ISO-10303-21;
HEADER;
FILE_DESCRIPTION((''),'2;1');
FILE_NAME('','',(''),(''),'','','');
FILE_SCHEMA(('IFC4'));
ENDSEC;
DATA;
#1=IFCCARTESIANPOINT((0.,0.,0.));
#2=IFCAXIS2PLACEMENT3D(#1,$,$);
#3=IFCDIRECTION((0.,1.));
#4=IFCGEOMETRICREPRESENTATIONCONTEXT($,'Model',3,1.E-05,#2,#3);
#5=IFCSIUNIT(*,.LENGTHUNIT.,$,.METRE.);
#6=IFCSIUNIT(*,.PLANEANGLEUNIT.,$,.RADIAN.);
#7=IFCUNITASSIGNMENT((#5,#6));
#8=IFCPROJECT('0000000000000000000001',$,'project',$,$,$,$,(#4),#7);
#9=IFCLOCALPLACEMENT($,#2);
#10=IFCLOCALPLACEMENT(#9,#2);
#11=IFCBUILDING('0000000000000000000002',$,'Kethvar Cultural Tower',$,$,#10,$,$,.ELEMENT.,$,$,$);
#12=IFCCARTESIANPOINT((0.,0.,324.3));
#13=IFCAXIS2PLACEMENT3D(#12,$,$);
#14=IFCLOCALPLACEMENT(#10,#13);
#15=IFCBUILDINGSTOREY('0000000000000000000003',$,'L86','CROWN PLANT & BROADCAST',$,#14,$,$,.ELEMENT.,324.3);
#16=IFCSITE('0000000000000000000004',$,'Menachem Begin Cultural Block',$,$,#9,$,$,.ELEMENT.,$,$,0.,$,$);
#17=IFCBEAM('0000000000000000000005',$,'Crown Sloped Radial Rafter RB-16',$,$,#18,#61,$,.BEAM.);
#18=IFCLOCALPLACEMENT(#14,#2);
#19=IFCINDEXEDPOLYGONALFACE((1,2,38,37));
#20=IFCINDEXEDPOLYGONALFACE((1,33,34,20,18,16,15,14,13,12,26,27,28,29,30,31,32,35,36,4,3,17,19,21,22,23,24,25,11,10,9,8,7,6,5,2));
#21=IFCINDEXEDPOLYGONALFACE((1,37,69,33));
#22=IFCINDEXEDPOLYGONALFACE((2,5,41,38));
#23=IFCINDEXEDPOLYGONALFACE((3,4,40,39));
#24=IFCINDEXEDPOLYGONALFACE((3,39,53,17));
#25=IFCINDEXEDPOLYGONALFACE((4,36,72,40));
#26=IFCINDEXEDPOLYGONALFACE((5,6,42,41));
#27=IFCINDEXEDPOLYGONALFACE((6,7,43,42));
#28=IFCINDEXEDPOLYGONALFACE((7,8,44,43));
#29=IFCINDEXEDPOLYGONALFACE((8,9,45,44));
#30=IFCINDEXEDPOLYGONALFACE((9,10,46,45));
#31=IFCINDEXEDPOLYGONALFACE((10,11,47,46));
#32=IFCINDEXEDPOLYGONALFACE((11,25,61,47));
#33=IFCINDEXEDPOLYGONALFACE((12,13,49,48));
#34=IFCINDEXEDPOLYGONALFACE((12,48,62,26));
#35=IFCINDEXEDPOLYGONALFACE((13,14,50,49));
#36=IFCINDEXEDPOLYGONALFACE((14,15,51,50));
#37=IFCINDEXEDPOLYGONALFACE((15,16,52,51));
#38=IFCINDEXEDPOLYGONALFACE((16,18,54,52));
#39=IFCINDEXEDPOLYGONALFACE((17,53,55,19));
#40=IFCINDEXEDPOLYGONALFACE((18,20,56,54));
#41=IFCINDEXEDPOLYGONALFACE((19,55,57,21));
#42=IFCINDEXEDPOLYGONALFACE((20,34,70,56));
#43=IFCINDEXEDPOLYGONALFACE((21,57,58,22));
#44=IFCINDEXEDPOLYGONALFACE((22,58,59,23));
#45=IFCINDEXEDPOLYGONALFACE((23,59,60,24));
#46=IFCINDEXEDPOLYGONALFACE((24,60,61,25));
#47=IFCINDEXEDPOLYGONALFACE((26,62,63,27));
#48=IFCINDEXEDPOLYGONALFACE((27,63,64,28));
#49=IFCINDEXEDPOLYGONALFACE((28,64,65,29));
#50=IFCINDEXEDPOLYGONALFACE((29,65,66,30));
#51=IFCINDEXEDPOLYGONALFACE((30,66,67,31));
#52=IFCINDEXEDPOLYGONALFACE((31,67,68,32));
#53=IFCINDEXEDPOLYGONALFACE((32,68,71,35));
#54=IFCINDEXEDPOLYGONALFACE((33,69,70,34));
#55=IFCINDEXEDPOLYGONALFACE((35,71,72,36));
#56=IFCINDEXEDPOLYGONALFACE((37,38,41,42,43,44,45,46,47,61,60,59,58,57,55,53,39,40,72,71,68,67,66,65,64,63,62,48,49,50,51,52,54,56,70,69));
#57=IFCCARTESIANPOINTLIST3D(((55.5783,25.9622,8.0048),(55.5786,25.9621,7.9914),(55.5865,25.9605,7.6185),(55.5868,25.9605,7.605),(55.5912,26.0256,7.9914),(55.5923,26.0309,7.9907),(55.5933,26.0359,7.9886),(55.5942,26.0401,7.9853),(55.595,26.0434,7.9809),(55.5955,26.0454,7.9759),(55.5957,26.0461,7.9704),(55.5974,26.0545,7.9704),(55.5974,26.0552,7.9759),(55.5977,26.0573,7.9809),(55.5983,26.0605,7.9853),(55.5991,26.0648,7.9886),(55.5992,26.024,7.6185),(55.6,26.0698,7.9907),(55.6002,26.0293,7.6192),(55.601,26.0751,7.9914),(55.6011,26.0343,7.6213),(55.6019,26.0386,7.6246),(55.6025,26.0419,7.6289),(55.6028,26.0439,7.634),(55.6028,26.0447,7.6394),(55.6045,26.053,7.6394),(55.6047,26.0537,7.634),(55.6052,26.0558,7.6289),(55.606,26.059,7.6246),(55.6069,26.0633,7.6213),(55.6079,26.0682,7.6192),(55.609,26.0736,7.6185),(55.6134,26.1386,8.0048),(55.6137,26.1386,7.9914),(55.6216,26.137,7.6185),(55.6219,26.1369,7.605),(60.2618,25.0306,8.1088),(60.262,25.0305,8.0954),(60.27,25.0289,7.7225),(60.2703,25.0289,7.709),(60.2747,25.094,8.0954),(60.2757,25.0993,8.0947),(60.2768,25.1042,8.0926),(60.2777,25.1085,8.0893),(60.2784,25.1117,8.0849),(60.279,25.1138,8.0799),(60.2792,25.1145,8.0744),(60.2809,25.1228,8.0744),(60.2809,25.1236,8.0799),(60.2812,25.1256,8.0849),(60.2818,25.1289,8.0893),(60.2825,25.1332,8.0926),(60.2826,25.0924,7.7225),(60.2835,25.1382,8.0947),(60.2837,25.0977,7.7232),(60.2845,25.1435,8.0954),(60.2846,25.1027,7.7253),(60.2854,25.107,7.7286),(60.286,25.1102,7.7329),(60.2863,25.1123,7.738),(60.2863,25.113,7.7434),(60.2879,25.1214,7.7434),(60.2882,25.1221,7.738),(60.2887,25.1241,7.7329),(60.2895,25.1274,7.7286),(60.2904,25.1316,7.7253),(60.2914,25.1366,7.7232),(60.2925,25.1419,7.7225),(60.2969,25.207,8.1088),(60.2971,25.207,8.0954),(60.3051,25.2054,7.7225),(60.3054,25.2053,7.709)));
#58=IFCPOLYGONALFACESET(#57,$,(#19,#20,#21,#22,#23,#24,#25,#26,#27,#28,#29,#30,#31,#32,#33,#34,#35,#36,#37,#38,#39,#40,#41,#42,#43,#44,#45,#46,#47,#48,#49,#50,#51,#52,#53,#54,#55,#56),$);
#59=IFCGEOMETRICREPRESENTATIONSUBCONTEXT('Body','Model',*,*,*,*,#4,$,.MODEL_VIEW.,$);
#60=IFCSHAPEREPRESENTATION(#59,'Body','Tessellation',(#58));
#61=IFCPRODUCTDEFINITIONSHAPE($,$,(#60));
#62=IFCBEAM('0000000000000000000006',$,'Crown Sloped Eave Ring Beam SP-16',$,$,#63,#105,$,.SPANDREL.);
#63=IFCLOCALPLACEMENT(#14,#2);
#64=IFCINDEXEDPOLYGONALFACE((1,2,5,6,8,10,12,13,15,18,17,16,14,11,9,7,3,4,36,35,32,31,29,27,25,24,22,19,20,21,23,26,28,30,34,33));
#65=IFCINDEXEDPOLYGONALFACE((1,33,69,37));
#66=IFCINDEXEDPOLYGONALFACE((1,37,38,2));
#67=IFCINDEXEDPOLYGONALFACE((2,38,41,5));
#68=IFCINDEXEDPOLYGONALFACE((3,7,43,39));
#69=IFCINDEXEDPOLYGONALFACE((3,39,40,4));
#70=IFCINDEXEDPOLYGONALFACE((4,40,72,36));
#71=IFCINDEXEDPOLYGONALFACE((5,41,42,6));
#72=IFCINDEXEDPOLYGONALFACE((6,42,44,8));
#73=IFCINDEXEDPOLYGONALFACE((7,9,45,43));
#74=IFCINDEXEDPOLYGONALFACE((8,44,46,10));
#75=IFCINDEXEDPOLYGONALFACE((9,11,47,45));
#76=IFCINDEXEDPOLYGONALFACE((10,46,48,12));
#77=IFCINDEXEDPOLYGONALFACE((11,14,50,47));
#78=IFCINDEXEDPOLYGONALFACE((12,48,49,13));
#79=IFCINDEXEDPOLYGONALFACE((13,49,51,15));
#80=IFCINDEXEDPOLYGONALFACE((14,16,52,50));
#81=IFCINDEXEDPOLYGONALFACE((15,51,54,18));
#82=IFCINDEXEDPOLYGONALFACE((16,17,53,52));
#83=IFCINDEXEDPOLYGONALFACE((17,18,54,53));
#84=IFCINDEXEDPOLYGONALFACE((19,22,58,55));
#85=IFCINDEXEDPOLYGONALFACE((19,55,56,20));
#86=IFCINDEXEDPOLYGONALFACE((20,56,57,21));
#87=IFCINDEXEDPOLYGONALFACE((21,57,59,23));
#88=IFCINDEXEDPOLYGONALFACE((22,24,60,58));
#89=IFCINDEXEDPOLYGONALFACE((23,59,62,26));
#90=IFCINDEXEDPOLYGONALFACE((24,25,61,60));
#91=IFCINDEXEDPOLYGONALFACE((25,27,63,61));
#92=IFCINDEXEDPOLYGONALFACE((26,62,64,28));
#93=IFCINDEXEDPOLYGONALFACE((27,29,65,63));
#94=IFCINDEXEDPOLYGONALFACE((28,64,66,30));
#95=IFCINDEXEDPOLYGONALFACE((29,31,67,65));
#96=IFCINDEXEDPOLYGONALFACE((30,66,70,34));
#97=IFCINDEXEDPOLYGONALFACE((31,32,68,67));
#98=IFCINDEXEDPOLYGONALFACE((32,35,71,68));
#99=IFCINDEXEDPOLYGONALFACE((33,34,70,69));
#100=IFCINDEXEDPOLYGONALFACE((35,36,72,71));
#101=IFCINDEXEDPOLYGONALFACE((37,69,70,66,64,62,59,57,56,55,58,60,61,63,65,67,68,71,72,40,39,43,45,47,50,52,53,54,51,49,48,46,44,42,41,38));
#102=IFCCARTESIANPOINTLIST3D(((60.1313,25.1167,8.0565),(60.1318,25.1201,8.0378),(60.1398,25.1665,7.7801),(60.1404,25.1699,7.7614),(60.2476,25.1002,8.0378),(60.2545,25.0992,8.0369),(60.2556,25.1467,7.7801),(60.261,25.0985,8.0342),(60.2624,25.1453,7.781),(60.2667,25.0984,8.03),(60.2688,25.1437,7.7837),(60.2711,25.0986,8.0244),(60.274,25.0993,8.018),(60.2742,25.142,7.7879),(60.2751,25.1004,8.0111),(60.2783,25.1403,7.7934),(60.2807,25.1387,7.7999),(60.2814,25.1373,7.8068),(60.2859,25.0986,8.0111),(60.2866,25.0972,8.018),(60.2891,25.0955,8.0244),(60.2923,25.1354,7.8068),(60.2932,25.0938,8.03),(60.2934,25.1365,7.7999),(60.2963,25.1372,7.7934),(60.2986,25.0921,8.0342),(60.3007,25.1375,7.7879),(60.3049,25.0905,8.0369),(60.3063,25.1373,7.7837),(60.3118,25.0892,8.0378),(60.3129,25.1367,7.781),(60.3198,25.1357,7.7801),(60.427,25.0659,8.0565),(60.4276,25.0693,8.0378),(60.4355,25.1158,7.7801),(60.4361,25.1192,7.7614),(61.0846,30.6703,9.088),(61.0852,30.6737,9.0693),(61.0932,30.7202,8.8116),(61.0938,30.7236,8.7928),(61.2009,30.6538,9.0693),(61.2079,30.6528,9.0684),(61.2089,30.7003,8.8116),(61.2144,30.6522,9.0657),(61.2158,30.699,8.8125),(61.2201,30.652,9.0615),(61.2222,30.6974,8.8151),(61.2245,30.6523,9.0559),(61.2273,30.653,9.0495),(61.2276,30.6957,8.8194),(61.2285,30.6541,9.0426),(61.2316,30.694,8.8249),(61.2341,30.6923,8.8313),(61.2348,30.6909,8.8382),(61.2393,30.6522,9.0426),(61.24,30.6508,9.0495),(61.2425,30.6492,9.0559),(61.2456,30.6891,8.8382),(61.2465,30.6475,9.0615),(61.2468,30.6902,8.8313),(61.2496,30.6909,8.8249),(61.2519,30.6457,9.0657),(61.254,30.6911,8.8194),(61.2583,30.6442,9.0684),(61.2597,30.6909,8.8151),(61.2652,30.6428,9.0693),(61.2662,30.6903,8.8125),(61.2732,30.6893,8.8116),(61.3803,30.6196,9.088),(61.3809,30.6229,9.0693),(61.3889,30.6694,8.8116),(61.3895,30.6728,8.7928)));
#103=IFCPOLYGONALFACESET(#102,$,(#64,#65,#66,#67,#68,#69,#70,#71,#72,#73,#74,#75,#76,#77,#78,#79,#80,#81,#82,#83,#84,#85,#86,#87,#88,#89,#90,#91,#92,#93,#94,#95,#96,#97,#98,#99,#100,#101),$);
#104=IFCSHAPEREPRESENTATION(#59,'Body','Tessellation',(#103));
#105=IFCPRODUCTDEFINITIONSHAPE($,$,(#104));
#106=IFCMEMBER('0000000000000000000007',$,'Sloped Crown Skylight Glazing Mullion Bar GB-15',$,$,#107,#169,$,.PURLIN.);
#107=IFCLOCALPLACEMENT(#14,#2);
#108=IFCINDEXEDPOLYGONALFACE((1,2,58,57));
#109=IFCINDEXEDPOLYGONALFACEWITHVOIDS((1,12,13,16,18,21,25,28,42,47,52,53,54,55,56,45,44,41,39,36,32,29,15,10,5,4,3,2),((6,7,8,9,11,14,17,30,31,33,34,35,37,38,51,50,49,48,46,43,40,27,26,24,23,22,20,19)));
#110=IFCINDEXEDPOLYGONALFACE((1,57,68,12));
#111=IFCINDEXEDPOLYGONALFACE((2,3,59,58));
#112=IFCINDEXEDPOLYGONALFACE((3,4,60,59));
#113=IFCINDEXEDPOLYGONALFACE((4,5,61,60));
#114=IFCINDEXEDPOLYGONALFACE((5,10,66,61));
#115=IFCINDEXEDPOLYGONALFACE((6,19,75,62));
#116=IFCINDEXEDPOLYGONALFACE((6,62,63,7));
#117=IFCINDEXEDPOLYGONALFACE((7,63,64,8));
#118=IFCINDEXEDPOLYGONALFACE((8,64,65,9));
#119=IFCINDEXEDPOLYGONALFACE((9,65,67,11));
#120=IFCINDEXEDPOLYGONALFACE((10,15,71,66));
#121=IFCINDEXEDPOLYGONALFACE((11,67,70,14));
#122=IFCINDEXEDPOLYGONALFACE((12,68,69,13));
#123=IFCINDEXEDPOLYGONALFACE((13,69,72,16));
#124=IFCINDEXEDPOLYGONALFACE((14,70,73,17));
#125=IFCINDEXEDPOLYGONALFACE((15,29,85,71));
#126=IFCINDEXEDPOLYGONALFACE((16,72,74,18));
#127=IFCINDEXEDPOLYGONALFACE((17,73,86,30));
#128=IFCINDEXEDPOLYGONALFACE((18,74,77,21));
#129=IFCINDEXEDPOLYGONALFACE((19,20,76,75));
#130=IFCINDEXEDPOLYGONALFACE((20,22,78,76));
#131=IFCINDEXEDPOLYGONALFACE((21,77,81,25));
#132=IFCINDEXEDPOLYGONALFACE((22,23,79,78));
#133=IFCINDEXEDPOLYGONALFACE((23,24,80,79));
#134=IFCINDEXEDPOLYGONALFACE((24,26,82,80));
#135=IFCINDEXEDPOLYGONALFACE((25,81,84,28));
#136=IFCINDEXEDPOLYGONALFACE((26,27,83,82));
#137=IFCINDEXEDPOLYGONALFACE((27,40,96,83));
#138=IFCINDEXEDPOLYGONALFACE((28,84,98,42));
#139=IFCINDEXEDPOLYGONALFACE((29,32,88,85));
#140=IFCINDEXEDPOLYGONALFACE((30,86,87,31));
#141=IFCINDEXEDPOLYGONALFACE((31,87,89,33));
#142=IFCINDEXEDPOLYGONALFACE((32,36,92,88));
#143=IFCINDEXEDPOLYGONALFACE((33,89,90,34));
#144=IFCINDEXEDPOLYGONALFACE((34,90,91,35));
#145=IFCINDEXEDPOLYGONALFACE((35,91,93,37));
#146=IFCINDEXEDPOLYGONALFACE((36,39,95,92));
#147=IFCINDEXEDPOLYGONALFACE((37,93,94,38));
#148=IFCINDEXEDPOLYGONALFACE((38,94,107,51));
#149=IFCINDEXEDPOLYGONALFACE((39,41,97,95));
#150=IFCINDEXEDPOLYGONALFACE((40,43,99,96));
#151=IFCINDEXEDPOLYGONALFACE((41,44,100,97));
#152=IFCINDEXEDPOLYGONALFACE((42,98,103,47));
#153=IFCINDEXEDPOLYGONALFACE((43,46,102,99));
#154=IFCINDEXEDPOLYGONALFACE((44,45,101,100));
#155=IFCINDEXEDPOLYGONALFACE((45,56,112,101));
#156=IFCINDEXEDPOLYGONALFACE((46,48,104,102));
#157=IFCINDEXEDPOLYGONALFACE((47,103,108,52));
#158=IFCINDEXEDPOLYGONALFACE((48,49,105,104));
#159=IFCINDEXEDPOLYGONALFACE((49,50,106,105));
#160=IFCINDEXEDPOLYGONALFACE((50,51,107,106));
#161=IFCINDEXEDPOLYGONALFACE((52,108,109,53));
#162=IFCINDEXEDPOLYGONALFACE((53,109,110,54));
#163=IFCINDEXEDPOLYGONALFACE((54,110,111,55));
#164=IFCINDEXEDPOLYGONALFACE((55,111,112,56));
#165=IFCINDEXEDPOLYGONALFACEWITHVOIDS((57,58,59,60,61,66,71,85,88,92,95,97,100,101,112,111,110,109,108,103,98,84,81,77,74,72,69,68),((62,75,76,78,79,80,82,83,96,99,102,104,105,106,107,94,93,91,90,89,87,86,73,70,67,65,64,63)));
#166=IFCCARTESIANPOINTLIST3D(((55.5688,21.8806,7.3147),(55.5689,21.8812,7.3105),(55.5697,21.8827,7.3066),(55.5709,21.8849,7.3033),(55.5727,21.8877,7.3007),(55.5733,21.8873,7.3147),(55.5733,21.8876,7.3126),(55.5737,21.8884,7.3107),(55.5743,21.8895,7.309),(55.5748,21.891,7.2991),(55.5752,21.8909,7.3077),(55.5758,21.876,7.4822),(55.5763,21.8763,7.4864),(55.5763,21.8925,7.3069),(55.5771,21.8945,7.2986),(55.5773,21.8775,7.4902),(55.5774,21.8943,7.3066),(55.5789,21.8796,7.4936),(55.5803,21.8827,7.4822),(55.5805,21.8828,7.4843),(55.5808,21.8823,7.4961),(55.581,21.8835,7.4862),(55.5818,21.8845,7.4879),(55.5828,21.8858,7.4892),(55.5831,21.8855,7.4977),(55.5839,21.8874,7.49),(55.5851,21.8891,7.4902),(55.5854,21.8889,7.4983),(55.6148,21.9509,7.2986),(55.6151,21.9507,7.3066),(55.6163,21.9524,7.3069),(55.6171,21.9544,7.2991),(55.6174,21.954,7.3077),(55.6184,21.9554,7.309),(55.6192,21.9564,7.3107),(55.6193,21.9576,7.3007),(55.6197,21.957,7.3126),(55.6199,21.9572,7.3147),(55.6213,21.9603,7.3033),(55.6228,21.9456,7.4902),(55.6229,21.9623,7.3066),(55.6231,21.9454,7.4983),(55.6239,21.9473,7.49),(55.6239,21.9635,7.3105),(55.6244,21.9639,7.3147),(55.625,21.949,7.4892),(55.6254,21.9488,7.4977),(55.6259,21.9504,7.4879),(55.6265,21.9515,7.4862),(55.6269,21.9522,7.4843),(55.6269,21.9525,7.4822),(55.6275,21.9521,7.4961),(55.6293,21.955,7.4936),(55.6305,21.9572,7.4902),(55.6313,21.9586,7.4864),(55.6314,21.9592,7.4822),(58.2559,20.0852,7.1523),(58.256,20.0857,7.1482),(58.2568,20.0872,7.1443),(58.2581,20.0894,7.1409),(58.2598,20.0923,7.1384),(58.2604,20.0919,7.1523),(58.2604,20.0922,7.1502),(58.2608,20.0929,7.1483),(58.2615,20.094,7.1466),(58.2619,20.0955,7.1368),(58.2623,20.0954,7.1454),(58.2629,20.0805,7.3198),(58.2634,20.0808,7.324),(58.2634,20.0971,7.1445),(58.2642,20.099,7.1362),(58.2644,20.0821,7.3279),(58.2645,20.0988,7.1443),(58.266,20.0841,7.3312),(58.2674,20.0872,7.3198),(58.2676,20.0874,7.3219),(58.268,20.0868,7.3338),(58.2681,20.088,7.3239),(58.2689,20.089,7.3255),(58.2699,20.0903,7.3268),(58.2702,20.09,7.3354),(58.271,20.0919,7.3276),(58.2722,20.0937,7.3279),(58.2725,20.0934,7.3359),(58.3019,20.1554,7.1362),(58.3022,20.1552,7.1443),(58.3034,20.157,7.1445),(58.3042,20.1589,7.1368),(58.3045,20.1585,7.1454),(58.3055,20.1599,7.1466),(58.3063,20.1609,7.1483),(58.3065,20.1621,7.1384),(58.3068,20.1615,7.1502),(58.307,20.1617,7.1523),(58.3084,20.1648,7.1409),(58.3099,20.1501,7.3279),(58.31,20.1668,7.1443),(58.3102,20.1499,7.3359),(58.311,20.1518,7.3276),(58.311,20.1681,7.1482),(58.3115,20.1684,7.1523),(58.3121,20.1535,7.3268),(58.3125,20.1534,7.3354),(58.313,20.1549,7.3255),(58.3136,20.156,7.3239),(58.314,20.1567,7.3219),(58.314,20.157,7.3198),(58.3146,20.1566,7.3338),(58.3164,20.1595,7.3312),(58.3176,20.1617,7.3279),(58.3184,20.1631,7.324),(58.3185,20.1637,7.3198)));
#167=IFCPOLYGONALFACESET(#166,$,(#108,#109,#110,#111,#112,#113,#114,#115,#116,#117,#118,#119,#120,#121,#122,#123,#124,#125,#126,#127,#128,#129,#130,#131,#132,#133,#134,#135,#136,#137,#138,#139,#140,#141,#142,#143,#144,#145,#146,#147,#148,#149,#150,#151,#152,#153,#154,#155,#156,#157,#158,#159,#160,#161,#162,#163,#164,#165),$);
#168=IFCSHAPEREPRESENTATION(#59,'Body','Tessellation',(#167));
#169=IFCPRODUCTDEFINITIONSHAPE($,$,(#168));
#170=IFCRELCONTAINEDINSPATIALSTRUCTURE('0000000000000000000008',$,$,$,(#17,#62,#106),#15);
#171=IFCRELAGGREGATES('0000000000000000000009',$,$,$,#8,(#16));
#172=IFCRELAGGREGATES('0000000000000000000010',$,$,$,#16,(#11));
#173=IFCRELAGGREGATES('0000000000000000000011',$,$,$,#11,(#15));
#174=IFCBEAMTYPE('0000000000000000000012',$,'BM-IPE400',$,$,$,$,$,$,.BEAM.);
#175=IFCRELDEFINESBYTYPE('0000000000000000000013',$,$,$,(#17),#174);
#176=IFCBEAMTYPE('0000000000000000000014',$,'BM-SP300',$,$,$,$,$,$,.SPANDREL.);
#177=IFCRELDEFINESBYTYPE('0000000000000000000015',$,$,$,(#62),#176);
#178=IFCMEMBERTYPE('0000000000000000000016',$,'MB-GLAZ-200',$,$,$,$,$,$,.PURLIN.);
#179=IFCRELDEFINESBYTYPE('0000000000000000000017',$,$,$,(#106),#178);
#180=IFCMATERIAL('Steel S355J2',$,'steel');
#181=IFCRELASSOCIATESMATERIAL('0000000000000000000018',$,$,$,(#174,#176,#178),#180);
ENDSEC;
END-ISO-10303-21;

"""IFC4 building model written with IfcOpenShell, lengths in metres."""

from ifc_helpers import new_model, si_unit, direction, frame, origin, origin_2d, place, context, subcontext, project, spatial, hollow_rectangle, i_section, extrude, source, transform, mapped, material, material_profile, profile_set, type_object, element, save


model = new_model("IFC4")

# Units and contexts
model_context = context("Model", 3, precision=1e-05, world=origin(), true_north=direction((0.0, 1.0)))
body_context = subcontext(model_context, "Body", "Model", "MODEL_VIEW")
ifc_project = project(units=[si_unit("LENGTHUNIT", "METRE"), si_unit("PLANEANGLEUNIT", "RADIAN")], contexts=[model_context])

# Site, building, storey
site_placement = place(None, origin())
site = spatial("IfcSite", under=ifc_project, at=site_placement, Name="Menachem Begin Cultural Block", CompositionType="ELEMENT", RefElevation=0.0)
building_placement = place(site_placement, origin())
building = spatial("IfcBuilding", under=site, at=building_placement, Name="Kethvar Cultural Tower", CompositionType="ELEMENT")
storey_placement = place(building_placement, frame((0.0, 0.0, 324.3)))
storey = spatial("IfcBuildingStorey", under=building, at=storey_placement, Name="L86", Description="CROWN PLANT & BROADCAST", CompositionType="ELEMENT", Elevation=324.3)

# Beams
ifc_material_1 = material(Name="Steel S355J2", Category="steel")
ifc_material_profile_1 = material_profile(ifc_material_1, i_section(OverallWidth=0.1799, OverallDepth=0.3999, WebThickness=0.0085, FlangeThickness=0.0134, FilletRadius=0.021, at=origin_2d()), Name="Steel S355J2 — IPE400")
ifc_profile_set_1 = profile_set([ifc_material_profile_1], Name="Steel S355J2 — IPE400")
beam_type_1 = type_object("IfcBeamType", Name="BM-IPE400", PredefinedType="BEAM", material=ifc_profile_set_1)
shared_shape_1 = source(origin(), body_context, "Body", "SweptSolid", [
    extrude(i_section(OverallWidth=0.1799, OverallDepth=0.3999, WebThickness=0.0085, FlangeThickness=0.0134, FilletRadius=0.021, at=origin_2d()), origin(), (0.0, 0.0, 1.0), 4.7764),
])
beam_1_placement = place(storey_placement, frame((55.6001, 26.0496, 7.8049), z_axis=(0.980552, -0.195047, 0.021774), x_axis=(0.195094, 0.980785, 0.0)))
element("IfcBeam", 1, at=beam_1_placement, inside=storey, type_object=beam_type_1, Name="Crown Sloped Radial Rafter RB-16", PredefinedType="BEAM", context=body_context, shape_type="MappedRepresentation", body=[
    mapped(shared_shape_1, transform((0.0, 0.0, 0.0), scale=1.0)),
])
ifc_material_profile_2 = material_profile(ifc_material_1, i_section(OverallWidth=0.3, OverallDepth=0.3, WebThickness=0.011, FlangeThickness=0.019, FilletRadius=0.0271, at=origin_2d()), Name="Steel S355J2 — HEB300")
ifc_profile_set_2 = profile_set([ifc_material_profile_2], Name="Steel S355J2 — HEB300")
beam_type_2 = type_object("IfcBeamType", Name="BM-SP300", PredefinedType="SPANDREL", material=ifc_profile_set_2)
shared_shape_2 = source(origin(), body_context, "Body", "SweptSolid", [
    extrude(i_section(OverallWidth=0.3, OverallDepth=0.3, WebThickness=0.011, FlangeThickness=0.019, FilletRadius=0.0271, at=origin_2d()), origin(), (0.0, 0.0, 1.0), 5.7285),
])
beam_2_placement = place(storey_placement, frame((60.2837, 25.1179, 7.9089), z_axis=(0.166423, 0.969475, 0.180061), x_axis=(-0.985584, 0.169189, 0.0)))
element("IfcBeam", 2, at=beam_2_placement, inside=storey, type_object=beam_type_2, Name="Crown Sloped Eave Ring Beam SP-16", PredefinedType="SPANDREL", context=body_context, shape_type="MappedRepresentation", body=[
    mapped(shared_shape_2, transform((0.0, 0.0, 0.0), scale=1.0)),
])

# Member
ifc_material_profile_3 = material_profile(ifc_material_1, hollow_rectangle(XDim=0.1001, YDim=0.2, WallThickness=0.0081, InnerFilletRadius=0.0081, OuterFilletRadius=0.0161, at=origin_2d()), Name="Steel S355J2 — RHS200x100x8")
ifc_profile_set_3 = profile_set([ifc_material_profile_3], Name="Steel S355J2 — RHS200x100x8")
member_type_1 = type_object("IfcMemberType", Name="MB-GLAZ-200", PredefinedType="PURLIN", material=ifc_profile_set_3)
shared_shape_3 = source(origin(), body_context, "Body", "SweptSolid", [
    extrude(hollow_rectangle(XDim=0.1001, YDim=0.2, WallThickness=0.0081, InnerFilletRadius=0.0081, OuterFilletRadius=0.0161, at=origin_2d()), origin(), (0.0, 0.0, 1.0), 3.2358),
])
member_1_placement = place(storey_placement, frame((55.6001, 21.9199, 7.3984), z_axis=(0.830421, -0.554872, -0.050175), x_axis=(0.555572, 0.831469, 0.0)))
element("IfcMember", 3, at=member_1_placement, inside=storey, type_object=member_type_1, Name="Sloped Crown Skylight Glazing Mullion Bar GB-15", PredefinedType="PURLIN", context=body_context, shape_type="MappedRepresentation", body=[
    mapped(shared_shape_3, transform((0.0, 0.0, 0.0), scale=1.0)),
])

save(model, "model.ifc")
